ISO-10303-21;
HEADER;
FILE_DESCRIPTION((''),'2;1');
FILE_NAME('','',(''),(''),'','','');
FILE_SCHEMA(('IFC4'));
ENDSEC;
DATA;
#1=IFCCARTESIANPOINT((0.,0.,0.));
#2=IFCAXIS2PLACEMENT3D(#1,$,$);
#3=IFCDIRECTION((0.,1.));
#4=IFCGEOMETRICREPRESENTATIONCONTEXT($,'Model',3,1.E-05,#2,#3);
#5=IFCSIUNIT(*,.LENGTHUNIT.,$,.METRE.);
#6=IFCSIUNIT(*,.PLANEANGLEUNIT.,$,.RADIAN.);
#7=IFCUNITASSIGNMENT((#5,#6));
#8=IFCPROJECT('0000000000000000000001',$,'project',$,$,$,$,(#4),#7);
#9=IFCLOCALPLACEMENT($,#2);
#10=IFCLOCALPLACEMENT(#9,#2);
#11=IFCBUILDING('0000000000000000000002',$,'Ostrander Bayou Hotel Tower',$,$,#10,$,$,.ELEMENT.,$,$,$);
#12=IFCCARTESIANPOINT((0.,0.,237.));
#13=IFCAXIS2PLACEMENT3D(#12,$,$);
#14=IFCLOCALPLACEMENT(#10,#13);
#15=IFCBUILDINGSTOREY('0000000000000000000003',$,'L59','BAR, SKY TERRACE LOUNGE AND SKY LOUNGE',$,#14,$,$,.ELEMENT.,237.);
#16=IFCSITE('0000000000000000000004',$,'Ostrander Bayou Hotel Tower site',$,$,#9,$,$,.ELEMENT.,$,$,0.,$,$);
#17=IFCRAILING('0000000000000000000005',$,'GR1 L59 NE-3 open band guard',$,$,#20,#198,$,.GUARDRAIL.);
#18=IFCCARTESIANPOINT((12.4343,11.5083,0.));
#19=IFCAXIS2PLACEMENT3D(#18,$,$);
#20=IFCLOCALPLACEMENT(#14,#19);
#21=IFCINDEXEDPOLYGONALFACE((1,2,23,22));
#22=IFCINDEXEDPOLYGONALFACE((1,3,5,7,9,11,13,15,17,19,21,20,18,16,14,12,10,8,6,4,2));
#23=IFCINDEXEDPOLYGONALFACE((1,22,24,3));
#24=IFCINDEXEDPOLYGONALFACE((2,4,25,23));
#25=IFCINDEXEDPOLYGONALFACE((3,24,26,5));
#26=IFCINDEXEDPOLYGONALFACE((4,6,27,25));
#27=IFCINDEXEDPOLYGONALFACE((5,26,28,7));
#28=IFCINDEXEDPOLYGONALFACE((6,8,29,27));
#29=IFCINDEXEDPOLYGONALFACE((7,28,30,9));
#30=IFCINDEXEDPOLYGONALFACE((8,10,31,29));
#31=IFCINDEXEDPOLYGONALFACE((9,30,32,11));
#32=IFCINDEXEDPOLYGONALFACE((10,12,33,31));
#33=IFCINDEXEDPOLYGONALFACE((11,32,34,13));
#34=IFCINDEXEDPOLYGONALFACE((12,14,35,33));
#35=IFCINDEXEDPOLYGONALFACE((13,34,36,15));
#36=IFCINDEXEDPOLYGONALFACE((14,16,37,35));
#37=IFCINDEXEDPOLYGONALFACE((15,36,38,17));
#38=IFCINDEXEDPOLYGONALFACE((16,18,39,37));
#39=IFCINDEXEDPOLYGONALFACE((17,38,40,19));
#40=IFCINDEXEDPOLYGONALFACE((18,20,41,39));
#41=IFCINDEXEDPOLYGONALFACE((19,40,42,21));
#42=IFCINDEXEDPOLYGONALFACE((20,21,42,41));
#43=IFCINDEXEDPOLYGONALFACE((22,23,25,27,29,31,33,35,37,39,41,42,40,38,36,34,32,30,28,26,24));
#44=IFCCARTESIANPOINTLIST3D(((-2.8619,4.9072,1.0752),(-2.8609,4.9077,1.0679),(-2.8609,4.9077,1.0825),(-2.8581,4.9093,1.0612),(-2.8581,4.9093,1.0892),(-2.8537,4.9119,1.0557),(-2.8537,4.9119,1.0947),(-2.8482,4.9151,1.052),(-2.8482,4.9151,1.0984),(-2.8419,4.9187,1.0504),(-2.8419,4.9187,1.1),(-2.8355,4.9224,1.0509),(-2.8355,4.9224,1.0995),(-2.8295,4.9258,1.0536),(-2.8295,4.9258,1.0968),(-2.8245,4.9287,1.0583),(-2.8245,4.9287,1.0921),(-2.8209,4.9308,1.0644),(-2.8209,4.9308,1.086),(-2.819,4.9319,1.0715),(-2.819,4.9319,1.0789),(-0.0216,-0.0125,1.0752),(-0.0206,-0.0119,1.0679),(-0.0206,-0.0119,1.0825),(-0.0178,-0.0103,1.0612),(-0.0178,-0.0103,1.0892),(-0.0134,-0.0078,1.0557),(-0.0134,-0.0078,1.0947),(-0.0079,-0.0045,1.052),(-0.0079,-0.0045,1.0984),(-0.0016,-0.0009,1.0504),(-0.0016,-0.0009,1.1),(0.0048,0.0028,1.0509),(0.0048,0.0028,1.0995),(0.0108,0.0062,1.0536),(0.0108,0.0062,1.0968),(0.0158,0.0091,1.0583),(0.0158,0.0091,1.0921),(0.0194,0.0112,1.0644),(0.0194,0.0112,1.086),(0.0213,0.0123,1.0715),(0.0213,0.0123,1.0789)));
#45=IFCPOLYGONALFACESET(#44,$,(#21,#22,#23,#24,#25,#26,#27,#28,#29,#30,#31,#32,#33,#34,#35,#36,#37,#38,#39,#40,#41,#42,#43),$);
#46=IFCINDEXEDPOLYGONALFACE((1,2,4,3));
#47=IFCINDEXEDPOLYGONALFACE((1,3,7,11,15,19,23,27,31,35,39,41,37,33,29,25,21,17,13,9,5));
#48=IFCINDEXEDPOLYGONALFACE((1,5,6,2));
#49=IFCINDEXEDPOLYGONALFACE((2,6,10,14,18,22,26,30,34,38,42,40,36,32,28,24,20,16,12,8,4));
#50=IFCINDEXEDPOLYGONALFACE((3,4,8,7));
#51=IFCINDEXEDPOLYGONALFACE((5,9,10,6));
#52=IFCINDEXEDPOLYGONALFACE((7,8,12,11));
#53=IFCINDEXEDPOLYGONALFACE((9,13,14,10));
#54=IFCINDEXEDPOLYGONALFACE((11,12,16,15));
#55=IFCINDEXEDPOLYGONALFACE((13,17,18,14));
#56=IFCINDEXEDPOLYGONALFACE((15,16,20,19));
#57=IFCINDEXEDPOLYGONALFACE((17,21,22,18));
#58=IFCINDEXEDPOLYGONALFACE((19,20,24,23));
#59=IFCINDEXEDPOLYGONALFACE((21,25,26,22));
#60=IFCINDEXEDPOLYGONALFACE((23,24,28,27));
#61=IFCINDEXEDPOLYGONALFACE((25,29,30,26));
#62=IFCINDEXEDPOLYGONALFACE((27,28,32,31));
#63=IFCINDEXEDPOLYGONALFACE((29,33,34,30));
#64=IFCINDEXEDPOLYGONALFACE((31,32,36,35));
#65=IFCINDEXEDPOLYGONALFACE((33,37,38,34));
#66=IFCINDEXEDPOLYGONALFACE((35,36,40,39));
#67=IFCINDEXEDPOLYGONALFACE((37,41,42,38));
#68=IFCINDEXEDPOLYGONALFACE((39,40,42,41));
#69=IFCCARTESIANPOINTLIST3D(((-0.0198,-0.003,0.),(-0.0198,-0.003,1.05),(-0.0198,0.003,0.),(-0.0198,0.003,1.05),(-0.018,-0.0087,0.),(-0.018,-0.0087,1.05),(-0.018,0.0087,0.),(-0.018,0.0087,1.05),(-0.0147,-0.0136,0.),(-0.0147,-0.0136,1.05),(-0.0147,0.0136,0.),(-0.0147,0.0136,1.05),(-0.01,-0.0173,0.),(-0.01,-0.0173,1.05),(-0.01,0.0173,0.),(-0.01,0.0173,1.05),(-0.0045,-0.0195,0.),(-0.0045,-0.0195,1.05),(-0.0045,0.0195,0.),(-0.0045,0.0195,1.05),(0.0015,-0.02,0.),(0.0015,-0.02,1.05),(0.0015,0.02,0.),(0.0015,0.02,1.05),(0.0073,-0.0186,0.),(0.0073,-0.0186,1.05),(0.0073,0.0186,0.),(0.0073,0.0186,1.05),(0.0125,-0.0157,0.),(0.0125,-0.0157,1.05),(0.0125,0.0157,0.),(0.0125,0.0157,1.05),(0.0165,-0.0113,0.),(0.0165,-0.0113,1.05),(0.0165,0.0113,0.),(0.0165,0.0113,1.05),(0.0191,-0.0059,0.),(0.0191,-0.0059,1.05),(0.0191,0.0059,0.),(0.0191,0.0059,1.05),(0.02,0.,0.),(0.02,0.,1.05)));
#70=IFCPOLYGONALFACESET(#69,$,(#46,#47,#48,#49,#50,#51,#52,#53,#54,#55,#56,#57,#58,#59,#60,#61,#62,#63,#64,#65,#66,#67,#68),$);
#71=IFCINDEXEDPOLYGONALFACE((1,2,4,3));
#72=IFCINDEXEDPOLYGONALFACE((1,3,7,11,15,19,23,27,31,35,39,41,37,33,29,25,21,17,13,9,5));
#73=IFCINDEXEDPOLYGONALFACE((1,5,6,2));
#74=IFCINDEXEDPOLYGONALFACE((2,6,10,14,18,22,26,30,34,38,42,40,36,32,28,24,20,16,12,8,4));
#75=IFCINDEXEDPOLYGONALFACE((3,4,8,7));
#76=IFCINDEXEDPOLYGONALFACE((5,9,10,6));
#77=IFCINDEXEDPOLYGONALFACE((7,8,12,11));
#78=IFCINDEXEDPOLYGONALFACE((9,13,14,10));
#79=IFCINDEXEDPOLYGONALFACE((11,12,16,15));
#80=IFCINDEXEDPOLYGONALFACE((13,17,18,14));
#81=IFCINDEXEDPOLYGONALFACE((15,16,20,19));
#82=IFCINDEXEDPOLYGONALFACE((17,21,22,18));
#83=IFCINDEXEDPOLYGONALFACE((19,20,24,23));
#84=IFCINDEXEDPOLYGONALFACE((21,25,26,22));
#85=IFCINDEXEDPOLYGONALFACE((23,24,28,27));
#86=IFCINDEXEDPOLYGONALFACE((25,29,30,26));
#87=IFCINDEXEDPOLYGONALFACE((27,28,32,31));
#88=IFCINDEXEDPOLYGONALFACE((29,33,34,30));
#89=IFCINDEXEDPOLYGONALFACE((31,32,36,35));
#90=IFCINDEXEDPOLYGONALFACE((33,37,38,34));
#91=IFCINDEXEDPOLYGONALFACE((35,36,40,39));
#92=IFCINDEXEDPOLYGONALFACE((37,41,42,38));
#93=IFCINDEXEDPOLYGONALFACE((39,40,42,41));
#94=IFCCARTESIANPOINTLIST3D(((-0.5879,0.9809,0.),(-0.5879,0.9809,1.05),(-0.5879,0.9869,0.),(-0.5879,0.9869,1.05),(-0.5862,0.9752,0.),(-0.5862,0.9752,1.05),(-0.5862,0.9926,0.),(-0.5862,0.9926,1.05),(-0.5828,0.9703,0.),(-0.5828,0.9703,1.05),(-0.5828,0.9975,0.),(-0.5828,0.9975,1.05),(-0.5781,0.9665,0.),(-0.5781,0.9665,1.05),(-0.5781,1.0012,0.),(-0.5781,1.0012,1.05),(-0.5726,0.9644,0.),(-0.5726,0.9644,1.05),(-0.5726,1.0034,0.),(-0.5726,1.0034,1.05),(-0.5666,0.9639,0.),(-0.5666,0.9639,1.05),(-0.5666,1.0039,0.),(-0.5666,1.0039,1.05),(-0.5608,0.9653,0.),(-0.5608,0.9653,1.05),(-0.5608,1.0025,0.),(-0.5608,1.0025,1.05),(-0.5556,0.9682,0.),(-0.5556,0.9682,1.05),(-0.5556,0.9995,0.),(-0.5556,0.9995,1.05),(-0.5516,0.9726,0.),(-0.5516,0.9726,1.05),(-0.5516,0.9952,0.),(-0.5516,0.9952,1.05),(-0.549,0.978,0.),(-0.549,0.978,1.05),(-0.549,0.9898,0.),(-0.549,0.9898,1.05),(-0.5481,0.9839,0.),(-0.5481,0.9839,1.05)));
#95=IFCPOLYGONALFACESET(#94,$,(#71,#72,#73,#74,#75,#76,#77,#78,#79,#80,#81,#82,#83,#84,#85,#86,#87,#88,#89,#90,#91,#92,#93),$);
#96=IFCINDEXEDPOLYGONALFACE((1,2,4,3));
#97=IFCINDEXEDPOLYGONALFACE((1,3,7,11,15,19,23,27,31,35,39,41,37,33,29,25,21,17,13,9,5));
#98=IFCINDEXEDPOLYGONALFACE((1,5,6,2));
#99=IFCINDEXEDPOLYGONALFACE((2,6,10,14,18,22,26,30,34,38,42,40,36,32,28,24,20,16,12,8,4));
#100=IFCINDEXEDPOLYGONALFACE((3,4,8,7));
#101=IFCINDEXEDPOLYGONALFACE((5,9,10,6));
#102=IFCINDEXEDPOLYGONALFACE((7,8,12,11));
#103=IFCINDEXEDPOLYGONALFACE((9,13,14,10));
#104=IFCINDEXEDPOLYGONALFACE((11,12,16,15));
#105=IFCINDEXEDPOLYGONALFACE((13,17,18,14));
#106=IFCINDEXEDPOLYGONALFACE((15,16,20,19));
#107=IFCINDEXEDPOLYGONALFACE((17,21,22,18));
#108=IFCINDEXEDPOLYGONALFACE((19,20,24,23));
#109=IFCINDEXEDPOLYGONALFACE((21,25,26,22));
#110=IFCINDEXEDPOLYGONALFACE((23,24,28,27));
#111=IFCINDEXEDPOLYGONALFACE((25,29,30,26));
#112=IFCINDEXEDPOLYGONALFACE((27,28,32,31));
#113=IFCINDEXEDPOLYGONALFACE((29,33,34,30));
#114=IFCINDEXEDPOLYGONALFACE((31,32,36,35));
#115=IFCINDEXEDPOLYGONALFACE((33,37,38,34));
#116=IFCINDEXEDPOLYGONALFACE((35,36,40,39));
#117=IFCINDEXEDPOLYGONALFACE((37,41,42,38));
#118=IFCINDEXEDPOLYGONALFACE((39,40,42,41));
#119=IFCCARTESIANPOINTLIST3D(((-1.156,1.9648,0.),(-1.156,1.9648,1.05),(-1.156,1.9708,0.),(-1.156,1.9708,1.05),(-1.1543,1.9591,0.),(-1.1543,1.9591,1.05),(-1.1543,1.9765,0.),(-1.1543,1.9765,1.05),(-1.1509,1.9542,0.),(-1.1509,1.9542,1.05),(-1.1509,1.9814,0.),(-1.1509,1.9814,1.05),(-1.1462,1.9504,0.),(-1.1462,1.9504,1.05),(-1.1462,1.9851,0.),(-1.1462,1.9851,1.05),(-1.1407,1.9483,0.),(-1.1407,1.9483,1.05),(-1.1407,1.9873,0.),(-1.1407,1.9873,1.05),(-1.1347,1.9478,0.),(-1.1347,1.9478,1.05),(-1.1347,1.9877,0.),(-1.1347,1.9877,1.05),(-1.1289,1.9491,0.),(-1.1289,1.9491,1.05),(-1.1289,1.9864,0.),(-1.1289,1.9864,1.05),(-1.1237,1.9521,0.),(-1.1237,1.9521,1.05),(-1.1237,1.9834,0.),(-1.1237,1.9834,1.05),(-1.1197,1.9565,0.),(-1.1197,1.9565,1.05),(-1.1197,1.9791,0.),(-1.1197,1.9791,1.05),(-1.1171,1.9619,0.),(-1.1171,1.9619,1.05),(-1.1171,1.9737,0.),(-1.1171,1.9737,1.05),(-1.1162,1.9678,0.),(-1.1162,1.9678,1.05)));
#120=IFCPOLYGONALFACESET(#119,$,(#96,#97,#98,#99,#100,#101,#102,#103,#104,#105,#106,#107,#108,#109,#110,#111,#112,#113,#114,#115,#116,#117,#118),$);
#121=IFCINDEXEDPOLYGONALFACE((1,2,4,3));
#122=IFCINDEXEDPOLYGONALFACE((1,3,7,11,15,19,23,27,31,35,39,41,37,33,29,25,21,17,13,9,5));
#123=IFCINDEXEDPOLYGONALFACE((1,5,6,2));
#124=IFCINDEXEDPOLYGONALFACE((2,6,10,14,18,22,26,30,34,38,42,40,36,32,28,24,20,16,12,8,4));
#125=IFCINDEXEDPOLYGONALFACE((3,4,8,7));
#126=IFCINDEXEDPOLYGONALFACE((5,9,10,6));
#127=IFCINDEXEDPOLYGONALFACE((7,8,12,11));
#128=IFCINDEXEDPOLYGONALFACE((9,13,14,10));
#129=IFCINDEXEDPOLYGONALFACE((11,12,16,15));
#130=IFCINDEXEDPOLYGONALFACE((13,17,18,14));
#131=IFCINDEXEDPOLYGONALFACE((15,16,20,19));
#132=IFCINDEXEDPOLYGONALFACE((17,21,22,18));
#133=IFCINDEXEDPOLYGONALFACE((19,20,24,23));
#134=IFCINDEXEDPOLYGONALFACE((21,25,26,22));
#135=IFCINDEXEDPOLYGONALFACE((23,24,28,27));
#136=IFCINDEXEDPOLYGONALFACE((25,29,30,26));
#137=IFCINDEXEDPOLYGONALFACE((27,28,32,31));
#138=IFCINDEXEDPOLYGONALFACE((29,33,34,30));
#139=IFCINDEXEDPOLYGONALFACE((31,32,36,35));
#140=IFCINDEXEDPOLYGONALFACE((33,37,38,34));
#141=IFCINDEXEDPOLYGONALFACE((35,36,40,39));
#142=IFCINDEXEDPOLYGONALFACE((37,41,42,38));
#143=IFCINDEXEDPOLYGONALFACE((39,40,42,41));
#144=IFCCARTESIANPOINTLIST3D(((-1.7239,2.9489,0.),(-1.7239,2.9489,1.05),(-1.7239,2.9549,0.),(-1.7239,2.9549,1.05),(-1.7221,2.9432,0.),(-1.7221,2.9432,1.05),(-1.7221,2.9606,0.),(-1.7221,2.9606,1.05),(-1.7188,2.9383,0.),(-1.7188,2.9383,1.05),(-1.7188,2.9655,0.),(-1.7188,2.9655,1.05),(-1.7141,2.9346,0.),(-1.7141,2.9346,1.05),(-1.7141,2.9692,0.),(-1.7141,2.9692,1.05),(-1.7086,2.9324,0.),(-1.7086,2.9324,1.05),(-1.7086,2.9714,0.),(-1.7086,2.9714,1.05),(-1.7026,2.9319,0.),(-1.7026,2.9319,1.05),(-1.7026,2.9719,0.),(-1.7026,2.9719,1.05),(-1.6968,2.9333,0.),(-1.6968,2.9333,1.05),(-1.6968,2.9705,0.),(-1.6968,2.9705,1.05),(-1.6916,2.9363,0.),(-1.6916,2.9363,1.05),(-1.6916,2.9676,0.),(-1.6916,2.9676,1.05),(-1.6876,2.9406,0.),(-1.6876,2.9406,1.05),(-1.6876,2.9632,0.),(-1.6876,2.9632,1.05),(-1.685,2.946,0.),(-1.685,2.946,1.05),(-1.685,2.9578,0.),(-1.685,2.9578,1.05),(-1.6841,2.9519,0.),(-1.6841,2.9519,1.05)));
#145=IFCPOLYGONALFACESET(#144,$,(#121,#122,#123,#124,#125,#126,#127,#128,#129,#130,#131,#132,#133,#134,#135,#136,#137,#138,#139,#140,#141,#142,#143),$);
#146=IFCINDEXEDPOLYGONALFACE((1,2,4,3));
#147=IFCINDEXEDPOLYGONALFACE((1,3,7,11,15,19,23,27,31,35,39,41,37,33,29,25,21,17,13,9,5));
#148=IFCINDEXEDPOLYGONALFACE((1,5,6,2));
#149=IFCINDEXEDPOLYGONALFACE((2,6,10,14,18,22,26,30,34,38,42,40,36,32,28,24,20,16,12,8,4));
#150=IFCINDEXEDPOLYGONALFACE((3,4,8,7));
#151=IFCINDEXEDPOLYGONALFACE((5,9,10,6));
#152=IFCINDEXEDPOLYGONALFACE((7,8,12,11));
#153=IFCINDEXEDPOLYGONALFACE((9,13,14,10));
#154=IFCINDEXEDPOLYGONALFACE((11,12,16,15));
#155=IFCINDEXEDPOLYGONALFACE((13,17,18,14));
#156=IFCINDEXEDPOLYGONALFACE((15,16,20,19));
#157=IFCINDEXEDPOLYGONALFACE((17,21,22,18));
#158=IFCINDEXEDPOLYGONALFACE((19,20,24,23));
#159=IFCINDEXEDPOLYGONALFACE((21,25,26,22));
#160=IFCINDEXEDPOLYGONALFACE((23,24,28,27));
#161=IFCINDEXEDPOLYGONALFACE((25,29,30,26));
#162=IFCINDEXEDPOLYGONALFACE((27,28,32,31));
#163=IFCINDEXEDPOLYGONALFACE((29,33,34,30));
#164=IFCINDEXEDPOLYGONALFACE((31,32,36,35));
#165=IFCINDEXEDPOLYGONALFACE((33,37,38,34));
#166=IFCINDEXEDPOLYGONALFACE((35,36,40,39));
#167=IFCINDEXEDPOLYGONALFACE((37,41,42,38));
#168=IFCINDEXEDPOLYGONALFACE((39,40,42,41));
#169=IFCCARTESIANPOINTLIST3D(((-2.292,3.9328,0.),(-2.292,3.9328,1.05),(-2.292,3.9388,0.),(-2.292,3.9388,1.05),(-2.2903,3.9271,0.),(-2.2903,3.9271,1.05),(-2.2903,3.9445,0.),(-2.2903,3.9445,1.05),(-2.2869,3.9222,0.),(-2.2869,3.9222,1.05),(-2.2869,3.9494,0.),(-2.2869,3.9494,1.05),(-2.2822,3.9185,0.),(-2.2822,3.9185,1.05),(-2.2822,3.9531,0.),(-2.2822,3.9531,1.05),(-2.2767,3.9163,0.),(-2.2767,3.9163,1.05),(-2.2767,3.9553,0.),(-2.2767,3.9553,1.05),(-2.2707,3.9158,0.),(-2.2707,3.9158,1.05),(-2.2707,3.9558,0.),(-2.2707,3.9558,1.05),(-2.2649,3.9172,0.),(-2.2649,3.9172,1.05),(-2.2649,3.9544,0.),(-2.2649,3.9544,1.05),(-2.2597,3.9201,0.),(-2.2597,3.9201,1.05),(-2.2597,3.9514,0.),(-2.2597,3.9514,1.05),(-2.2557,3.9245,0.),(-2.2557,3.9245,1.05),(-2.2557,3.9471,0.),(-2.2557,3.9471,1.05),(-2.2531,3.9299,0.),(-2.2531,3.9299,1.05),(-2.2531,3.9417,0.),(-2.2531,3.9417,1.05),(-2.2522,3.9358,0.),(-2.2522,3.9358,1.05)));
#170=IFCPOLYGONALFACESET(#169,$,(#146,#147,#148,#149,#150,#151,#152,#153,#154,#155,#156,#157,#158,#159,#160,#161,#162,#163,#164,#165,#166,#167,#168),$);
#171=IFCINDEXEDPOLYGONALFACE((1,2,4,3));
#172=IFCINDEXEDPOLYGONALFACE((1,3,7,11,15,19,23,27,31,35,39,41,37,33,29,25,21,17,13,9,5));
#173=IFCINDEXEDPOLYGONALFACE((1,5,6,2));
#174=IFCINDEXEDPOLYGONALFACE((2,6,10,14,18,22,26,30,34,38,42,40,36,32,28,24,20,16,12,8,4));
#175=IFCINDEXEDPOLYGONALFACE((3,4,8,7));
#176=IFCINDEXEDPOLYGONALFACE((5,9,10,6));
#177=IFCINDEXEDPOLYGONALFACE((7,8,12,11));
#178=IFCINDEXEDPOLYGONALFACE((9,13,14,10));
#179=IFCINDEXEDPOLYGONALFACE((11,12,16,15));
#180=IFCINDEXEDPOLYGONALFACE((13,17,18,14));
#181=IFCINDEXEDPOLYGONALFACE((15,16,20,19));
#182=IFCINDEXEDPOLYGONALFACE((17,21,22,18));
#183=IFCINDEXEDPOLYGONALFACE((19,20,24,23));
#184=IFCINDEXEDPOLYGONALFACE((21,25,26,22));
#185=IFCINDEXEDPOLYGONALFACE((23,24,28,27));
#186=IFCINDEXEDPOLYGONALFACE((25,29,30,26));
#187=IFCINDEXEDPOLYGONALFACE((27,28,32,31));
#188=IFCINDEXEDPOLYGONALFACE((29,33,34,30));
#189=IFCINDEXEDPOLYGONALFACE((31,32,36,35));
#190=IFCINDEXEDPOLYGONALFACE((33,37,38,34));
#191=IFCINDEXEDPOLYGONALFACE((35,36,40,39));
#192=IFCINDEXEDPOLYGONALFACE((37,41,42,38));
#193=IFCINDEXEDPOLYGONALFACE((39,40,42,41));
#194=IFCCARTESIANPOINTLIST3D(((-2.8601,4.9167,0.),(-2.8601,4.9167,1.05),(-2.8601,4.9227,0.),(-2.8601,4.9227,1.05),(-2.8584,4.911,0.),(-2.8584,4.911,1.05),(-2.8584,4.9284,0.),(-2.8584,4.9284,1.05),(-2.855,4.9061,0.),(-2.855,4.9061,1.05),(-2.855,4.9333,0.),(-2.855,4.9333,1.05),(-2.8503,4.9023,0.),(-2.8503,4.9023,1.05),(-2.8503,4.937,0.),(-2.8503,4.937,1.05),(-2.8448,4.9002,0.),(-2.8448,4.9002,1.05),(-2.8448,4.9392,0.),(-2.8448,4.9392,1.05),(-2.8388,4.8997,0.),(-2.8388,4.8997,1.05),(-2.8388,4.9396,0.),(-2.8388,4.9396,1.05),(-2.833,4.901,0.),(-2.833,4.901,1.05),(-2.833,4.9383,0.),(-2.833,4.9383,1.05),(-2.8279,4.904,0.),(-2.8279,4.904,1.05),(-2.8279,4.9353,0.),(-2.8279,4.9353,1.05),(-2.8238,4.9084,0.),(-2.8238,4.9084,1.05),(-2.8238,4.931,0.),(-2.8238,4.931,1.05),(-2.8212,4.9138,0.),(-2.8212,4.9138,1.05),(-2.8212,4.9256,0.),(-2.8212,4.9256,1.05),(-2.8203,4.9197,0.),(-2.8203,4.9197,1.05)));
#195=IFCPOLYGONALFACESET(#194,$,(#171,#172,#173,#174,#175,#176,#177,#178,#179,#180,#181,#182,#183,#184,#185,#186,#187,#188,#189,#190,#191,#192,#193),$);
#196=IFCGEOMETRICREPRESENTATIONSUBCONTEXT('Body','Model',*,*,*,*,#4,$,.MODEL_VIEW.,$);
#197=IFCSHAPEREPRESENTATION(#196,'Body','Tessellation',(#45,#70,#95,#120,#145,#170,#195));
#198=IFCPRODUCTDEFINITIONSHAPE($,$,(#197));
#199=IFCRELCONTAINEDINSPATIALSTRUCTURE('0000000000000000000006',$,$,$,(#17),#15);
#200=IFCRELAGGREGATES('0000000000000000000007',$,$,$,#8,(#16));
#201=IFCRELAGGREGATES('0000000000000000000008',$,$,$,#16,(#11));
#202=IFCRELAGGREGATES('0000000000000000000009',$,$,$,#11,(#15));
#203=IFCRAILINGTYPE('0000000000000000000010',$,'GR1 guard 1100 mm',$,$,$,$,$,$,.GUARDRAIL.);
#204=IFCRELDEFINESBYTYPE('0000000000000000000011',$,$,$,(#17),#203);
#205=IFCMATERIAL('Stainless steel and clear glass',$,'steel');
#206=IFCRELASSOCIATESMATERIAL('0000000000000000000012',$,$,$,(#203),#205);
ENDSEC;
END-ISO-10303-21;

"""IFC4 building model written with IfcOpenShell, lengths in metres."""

from ifc_helpers import new_model, si_unit, direction, frame, origin, origin_2d, place, context, subcontext, project, spatial, circle, extrude, material, type_object, element, save


model = new_model("IFC4")

# Units and contexts
model_context = context("Model", 3, precision=1e-05, world=origin(), true_north=direction((0.0, 1.0)))
body_context = subcontext(model_context, "Body", "Model", "MODEL_VIEW")
ifc_project = project(units=[si_unit("LENGTHUNIT", "METRE"), si_unit("PLANEANGLEUNIT", "RADIAN")], contexts=[model_context])

# Site, building, storey
site_placement = place(None, origin())
site = spatial("IfcSite", under=ifc_project, at=site_placement, Name="Ostrander Bayou Hotel Tower site", CompositionType="ELEMENT", RefElevation=0.0)
building_placement = place(site_placement, origin())
building = spatial("IfcBuilding", under=site, at=building_placement, Name="Ostrander Bayou Hotel Tower", CompositionType="ELEMENT")
storey_placement = place(building_placement, frame((0.0, 0.0, 237.0)))
storey = spatial("IfcBuildingStorey", under=building, at=storey_placement, Name="L59", Description="BAR, SKY TERRACE LOUNGE AND SKY LOUNGE", CompositionType="ELEMENT", Elevation=237.0)

# Railing
ifc_material_1 = material(Name="Stainless steel and clear glass", Category="steel")
railing_type = type_object("IfcRailingType", Name="GR1 guard 1100 mm", PredefinedType="GUARDRAIL", material=ifc_material_1)
railing_1_placement = place(storey_placement, frame((12.4343, 11.5083, 0.0)))
element("IfcRailing", 1, at=railing_1_placement, inside=storey, type_object=railing_type, Name="GR1 L59 NE-3 open band guard", PredefinedType="GUARDRAIL", context=body_context, shape_type="SweptSolid", body=[
    extrude(circle(Radius=0.0249, at=origin_2d()), frame((0.0, 0.0, 1.0752), z_axis=(-0.499994, 0.866029, 0.0), x_axis=(-0.866029, -0.499994, 0.0)), (0.0, 0.0, 1.0), 5.6807),
    extrude(circle(Radius=0.02, at=origin_2d()), origin(), (0.0, 0.0, 1.0), 1.05),
    extrude(circle(Radius=0.02, at=origin_2d()), frame((-0.5681, 0.9839, 0.0)), (0.0, 0.0, 1.0), 1.05),
    extrude(circle(Radius=0.02, at=origin_2d()), frame((-1.1362, 1.9678, 0.0)), (0.0, 0.0, 1.0), 1.05),
    extrude(circle(Radius=0.02, at=origin_2d()), frame((-1.7041, 2.9519, 0.0)), (0.0, 0.0, 1.0), 1.05),
    extrude(circle(Radius=0.02, at=origin_2d()), frame((-2.2722, 3.9358, 0.0)), (0.0, 0.0, 1.0), 1.05),
    extrude(circle(Radius=0.02, at=origin_2d()), frame((-2.8403, 4.9197, 0.0)), (0.0, 0.0, 1.0), 1.05),
])

save(model, "model.ifc")
